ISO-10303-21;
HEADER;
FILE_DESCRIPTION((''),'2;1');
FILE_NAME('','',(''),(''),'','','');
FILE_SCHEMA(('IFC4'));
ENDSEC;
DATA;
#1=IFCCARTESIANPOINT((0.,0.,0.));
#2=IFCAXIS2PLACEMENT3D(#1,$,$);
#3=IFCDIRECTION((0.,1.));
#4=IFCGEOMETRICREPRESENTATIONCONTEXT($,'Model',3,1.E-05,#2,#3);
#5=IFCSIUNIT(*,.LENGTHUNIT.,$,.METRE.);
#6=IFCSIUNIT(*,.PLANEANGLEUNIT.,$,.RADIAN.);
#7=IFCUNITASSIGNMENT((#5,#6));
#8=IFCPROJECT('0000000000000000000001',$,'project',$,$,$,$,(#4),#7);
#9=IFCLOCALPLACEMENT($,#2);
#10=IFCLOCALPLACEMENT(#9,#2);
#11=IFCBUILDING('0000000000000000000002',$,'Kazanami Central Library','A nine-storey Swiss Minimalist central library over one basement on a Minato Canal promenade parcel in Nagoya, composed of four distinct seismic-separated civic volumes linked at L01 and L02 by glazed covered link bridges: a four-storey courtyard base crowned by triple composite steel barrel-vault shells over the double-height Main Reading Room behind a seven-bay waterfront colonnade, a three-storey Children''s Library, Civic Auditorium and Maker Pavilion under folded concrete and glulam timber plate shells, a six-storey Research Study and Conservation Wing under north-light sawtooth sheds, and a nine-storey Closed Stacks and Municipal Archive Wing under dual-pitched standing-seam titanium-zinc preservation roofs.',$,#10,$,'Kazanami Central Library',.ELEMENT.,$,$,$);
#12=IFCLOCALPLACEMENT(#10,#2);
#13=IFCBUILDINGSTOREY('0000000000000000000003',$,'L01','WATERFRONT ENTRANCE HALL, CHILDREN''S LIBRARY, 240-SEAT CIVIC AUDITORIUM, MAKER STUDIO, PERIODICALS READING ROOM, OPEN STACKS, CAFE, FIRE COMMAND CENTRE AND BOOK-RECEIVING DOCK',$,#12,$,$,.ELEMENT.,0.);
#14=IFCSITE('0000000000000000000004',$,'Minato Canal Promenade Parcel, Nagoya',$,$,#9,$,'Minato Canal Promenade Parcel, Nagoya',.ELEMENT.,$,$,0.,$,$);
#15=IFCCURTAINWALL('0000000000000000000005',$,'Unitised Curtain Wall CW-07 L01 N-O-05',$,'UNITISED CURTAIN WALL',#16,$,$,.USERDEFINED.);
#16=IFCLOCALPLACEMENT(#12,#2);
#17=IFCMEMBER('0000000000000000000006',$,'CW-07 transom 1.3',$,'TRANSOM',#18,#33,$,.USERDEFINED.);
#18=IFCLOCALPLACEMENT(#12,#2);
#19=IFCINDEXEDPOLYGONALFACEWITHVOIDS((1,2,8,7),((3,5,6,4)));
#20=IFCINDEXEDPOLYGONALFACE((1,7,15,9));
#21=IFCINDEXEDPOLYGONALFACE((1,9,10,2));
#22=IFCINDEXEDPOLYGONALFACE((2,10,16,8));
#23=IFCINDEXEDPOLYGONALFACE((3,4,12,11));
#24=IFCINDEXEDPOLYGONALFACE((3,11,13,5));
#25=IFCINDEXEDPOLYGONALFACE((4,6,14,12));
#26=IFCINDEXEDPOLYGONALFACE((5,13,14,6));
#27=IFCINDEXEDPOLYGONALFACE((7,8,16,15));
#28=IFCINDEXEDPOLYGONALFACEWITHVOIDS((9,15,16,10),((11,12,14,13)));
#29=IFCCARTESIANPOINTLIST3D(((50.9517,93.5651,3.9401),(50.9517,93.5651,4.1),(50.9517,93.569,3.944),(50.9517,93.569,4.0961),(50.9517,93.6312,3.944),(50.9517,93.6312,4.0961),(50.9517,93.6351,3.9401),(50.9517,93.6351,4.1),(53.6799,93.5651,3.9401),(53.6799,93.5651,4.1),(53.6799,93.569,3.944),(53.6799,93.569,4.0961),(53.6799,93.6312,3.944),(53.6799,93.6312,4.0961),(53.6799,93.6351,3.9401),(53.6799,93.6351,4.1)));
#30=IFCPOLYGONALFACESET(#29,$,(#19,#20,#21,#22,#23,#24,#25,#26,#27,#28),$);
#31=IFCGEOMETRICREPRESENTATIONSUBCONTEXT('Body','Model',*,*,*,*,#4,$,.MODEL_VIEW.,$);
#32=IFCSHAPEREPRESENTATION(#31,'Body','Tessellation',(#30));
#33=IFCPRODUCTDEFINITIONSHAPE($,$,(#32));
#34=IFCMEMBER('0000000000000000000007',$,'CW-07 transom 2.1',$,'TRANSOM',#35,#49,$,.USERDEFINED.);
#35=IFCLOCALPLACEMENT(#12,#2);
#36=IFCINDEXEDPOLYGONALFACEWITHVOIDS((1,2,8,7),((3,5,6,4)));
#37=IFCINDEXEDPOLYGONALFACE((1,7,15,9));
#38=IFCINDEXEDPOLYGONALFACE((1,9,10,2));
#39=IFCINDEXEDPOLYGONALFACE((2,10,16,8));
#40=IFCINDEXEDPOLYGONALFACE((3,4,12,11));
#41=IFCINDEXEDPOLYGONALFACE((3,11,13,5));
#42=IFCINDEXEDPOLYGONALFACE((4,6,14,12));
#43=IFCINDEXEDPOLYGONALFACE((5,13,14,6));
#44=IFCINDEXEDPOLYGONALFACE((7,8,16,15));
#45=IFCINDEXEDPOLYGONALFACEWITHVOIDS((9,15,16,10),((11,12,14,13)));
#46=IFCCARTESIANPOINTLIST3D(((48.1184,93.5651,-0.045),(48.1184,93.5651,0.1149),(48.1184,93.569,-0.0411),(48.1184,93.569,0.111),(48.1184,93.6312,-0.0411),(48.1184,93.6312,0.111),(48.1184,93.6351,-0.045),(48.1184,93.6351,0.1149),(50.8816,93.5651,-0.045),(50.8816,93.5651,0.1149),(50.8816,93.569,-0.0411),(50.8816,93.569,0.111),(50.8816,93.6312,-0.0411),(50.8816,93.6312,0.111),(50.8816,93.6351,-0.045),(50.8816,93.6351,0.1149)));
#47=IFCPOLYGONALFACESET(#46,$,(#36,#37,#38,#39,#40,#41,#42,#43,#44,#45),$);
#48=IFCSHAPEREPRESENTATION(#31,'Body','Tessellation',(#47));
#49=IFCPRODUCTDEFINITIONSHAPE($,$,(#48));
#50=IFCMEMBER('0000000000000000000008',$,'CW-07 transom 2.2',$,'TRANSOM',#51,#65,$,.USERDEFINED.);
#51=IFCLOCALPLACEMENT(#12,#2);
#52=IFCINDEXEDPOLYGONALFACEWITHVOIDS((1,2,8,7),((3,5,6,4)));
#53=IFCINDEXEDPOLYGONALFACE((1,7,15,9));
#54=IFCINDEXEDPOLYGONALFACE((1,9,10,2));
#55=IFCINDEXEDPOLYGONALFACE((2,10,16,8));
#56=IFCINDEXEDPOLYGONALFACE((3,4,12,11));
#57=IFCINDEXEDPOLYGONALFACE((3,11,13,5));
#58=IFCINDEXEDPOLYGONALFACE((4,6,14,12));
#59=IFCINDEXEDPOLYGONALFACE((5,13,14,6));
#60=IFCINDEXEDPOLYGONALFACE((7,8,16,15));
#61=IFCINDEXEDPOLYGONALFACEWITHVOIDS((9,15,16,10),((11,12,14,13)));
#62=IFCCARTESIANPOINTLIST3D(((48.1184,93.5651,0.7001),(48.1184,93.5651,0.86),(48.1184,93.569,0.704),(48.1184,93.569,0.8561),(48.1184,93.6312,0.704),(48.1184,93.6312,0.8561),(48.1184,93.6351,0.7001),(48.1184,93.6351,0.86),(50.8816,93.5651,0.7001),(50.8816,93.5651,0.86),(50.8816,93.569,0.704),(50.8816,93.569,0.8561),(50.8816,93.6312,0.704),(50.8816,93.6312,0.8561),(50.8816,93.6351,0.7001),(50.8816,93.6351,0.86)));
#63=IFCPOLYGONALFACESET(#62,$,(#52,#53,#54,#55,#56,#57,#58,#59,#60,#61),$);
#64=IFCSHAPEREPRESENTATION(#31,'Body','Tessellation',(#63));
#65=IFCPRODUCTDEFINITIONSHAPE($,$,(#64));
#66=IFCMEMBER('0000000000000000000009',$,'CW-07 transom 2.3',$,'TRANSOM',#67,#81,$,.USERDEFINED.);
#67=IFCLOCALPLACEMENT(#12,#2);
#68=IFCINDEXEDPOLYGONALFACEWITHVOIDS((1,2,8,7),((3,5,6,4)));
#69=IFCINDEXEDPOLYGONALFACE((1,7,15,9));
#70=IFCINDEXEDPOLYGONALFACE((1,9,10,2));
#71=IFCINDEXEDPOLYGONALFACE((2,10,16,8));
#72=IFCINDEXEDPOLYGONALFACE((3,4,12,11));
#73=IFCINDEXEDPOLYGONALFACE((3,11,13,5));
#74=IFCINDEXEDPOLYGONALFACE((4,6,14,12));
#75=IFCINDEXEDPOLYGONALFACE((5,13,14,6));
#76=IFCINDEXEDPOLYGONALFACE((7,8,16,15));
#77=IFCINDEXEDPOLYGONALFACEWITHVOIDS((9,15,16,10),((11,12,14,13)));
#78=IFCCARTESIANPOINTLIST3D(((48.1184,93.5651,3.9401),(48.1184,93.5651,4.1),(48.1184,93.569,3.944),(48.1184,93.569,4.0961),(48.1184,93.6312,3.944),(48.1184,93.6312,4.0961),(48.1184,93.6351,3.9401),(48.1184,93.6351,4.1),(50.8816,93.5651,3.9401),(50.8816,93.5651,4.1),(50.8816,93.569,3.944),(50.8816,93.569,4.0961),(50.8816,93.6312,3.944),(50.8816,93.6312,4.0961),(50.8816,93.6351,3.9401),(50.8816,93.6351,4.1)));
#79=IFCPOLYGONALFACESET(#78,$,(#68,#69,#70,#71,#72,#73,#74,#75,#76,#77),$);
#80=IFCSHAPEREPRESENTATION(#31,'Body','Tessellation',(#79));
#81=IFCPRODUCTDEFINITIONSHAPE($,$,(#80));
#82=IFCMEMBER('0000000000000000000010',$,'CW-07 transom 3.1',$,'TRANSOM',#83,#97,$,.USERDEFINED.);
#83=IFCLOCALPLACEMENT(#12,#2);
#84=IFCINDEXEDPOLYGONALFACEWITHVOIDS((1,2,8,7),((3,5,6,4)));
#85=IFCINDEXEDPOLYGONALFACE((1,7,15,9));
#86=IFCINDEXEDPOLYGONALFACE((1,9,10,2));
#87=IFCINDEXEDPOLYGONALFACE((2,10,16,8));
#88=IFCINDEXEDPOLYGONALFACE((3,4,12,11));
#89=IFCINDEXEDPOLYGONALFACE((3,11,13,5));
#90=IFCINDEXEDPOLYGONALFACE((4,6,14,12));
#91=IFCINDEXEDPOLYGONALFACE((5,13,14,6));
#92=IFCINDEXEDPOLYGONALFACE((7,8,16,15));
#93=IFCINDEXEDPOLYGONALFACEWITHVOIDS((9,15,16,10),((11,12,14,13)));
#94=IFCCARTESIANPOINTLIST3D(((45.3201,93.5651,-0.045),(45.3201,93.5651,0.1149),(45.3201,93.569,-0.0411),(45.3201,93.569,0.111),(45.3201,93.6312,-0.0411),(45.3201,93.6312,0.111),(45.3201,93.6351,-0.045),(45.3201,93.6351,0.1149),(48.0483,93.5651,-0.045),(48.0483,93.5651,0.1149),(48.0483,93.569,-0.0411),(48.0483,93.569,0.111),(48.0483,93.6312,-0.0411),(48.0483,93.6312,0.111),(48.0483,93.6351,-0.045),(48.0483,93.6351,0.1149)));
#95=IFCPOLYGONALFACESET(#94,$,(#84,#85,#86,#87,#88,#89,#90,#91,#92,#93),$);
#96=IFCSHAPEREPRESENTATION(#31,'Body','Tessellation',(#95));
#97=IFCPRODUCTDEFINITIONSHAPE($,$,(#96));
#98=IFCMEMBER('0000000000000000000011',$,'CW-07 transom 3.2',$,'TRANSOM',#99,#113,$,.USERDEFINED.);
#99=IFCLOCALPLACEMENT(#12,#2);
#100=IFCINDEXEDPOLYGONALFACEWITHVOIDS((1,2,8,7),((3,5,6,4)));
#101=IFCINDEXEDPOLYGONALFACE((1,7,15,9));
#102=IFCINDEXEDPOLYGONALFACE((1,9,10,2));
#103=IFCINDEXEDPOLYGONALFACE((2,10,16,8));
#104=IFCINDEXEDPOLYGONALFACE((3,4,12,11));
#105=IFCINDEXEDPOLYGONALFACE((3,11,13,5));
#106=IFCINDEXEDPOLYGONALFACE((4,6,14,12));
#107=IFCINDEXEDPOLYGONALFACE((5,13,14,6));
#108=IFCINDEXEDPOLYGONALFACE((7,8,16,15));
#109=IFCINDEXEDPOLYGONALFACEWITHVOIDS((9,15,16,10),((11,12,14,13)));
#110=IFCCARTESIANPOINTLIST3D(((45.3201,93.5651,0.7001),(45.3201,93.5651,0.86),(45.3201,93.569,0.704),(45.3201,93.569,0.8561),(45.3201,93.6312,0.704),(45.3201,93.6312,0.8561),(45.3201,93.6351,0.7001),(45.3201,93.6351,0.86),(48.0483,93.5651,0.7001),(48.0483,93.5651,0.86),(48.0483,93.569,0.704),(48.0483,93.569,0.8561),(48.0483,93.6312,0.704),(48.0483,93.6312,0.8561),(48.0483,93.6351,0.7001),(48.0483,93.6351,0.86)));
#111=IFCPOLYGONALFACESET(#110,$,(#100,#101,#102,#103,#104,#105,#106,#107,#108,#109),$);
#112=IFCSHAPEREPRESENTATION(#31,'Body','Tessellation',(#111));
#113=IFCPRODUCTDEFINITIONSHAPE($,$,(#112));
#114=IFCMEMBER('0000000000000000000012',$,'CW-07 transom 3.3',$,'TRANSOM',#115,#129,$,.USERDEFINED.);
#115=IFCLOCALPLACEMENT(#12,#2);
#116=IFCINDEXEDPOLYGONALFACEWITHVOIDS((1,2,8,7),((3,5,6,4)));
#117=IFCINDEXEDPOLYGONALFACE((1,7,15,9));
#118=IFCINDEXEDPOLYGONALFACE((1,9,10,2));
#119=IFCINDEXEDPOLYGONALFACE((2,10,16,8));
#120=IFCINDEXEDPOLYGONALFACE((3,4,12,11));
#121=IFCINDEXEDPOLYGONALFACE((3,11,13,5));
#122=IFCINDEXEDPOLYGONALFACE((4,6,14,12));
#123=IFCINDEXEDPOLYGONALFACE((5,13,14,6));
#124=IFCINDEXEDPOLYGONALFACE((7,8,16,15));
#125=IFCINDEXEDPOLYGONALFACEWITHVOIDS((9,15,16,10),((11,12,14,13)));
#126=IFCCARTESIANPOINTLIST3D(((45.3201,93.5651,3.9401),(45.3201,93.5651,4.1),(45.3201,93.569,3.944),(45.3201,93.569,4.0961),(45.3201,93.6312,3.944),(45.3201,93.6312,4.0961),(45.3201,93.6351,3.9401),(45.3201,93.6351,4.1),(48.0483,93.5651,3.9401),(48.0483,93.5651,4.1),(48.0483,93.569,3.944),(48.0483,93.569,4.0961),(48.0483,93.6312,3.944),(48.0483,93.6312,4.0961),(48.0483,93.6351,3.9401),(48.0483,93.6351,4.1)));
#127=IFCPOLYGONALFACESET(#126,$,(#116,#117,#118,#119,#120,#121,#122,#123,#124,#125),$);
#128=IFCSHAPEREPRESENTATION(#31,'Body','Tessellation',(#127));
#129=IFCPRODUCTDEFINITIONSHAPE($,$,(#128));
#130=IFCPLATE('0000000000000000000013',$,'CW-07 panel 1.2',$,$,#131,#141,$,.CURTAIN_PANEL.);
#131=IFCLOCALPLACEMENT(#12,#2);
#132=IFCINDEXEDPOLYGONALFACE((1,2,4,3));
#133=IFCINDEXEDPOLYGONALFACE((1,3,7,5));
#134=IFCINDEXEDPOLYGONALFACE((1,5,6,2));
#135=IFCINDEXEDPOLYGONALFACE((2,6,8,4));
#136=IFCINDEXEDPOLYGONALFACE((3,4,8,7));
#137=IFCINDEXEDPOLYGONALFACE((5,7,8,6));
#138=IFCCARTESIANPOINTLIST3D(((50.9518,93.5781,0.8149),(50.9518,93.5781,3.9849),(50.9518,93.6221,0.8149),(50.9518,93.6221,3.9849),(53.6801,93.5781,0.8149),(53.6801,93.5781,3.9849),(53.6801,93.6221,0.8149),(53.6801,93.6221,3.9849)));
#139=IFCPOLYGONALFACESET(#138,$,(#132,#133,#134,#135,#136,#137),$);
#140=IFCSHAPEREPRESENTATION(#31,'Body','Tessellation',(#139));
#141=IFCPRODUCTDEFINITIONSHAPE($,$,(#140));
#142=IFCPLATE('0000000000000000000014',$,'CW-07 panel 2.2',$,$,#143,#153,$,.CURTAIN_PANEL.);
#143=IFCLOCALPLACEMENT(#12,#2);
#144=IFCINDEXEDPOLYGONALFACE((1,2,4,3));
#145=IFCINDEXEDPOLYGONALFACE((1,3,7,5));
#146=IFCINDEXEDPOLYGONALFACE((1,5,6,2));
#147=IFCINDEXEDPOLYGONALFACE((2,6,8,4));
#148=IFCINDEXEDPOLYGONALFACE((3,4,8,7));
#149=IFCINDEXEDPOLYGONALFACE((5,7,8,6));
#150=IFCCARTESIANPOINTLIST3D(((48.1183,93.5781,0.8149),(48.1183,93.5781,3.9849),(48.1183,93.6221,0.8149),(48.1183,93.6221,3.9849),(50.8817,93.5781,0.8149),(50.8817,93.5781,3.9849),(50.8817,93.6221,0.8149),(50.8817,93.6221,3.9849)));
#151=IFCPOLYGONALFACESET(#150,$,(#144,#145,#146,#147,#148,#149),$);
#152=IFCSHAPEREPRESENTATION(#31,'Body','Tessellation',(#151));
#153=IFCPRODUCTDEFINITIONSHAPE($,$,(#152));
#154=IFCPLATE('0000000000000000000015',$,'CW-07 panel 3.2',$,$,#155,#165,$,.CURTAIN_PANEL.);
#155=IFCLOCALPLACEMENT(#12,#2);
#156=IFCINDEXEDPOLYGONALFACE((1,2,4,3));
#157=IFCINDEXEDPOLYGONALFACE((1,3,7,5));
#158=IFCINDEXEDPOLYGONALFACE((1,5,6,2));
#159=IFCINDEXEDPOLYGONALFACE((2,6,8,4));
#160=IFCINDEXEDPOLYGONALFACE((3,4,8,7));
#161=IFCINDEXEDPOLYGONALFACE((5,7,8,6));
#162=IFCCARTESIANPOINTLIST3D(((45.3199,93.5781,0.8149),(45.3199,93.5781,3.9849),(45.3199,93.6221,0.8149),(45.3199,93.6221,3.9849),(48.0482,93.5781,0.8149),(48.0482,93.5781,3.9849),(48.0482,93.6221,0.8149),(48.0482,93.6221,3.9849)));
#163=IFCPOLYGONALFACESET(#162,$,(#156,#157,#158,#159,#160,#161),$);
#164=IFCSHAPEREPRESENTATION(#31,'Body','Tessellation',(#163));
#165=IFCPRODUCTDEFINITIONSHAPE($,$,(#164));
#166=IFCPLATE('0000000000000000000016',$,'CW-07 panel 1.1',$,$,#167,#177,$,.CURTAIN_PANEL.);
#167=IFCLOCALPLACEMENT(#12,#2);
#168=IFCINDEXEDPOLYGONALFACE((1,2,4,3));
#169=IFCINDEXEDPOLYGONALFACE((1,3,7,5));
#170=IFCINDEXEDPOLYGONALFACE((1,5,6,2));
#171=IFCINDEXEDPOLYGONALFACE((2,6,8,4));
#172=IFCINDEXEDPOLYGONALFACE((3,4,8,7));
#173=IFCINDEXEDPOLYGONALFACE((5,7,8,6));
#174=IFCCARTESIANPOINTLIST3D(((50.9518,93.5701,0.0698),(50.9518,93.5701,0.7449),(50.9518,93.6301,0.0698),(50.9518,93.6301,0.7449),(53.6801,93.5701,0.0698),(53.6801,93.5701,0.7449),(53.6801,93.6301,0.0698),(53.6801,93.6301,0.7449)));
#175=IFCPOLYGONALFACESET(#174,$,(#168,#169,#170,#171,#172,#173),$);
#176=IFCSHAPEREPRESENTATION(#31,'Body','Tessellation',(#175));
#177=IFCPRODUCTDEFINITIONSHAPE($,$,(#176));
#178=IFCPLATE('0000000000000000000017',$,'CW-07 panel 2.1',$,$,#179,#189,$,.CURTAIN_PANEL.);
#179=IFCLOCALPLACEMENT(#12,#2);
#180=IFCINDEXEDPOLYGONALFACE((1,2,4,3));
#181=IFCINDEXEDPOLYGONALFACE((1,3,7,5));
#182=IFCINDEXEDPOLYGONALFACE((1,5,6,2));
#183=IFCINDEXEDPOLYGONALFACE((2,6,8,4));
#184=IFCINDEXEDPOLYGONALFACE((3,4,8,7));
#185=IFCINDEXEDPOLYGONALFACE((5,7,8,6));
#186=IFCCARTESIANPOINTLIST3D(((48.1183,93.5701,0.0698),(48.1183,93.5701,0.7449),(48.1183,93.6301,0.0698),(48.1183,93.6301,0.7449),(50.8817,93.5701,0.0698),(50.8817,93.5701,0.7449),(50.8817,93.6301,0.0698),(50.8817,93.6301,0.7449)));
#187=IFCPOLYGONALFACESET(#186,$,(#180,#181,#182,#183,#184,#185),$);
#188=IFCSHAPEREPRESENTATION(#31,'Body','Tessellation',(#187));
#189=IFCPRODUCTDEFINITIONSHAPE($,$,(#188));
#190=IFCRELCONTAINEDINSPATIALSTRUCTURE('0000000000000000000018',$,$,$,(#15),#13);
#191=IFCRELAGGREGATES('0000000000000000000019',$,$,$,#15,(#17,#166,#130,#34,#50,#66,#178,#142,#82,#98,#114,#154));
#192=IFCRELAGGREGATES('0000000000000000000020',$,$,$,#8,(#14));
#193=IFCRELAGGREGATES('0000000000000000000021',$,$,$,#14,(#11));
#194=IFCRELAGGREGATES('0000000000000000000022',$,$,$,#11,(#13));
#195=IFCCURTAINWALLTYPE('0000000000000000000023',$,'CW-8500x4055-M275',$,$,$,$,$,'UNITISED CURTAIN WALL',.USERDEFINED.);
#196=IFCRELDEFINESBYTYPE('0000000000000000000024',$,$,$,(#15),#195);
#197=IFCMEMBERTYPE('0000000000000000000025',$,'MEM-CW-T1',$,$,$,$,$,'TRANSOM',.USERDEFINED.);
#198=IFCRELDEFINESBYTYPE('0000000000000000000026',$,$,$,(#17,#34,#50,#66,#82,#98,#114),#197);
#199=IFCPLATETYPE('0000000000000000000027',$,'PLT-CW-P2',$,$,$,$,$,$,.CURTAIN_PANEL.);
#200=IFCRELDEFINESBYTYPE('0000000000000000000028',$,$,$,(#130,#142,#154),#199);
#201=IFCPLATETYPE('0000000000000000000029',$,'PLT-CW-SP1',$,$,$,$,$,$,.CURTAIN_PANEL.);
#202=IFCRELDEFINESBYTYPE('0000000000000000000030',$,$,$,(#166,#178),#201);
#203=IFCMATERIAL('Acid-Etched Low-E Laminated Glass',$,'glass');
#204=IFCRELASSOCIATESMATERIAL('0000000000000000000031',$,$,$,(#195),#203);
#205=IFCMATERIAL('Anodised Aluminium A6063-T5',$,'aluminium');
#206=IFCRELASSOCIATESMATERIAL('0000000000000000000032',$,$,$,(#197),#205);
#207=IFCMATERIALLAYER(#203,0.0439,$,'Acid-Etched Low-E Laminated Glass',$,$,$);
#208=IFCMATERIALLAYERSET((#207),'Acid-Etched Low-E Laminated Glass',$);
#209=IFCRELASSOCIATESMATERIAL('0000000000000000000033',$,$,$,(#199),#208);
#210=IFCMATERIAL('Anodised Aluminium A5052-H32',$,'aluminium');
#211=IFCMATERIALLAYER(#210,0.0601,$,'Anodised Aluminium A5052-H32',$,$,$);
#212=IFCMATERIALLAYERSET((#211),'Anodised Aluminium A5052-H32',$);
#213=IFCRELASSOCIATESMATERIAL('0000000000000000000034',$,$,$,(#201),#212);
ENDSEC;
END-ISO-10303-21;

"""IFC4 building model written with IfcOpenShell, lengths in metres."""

from ifc_helpers import new_model, si_unit, direction, frame, origin, origin_2d, place, context, subcontext, project, spatial, rectangle, hollow_rectangle, extrude, material, layer, layer_set, material_profile, profile_set, type_object, element, aggregate, save


model = new_model("IFC4")

# Units and contexts
model_context = context("Model", 3, precision=1e-05, world=origin(), true_north=direction((0.0, 1.0)))
body_context = subcontext(model_context, "Body", "Model", "MODEL_VIEW")
ifc_project = project(units=[si_unit("LENGTHUNIT", "METRE"), si_unit("PLANEANGLEUNIT", "RADIAN")], contexts=[model_context])

# Site, building, storey
site_placement = place(None, origin())
site = spatial("IfcSite", under=ifc_project, at=site_placement, Name="Minato Canal Promenade Parcel, Nagoya", LongName="Minato Canal Promenade Parcel, Nagoya", CompositionType="ELEMENT", RefElevation=0.0)
building_placement = place(site_placement, origin())
building = spatial("IfcBuilding", under=site, at=building_placement, Name="Kazanami Central Library", Description="A nine-storey Swiss Minimalist central library over one basement on a Minato Canal promenade parcel in Nagoya, composed of four distinct seismic-separated civic volumes linked at L01 and L02 by glazed covered link bridges: a four-storey courtyard base crowned by triple composite steel barrel-vault shells over the double-height Main Reading Room behind a seven-bay waterfront colonnade, a three-storey Children's Library, Civic Auditorium and Maker Pavilion under folded concrete and glulam timber plate shells, a six-storey Research Study and Conservation Wing under north-light sawtooth sheds, and a nine-storey Closed Stacks and Municipal Archive Wing under dual-pitched standing-seam titanium-zinc preservation roofs.", LongName="Kazanami Central Library", CompositionType="ELEMENT")
storey_placement = place(building_placement, origin())
storey = spatial("IfcBuildingStorey", under=building, at=storey_placement, Name="L01", Description="WATERFRONT ENTRANCE HALL, CHILDREN'S LIBRARY, 240-SEAT CIVIC AUDITORIUM, MAKER STUDIO, PERIODICALS READING ROOM, OPEN STACKS, CAFE, FIRE COMMAND CENTRE AND BOOK-RECEIVING DOCK", CompositionType="ELEMENT", Elevation=0.0)

# Curtain wall, members, plates
ifc_material_1 = material(Name="Acid-Etched Low-E Laminated Glass", Category="glass")
curtain_wall_type = type_object("IfcCurtainWallType", Name="CW-8500x4055-M275", ElementType="UNITISED CURTAIN WALL", PredefinedType="USERDEFINED", material=ifc_material_1)
curtain_wall_placement = place(storey_placement, origin())
curtain_wall = element("IfcCurtainWall", 1, at=curtain_wall_placement, inside=storey, type_object=curtain_wall_type, Name="Unitised Curtain Wall CW-07 L01 N-O-05", ObjectType="UNITISED CURTAIN WALL", PredefinedType="USERDEFINED")
ifc_material_2 = material(Name="Anodised Aluminium A6063-T5", Category="aluminium")
ifc_material_profile_1 = material_profile(ifc_material_2, hollow_rectangle(XDim=0.0701, YDim=0.1599, WallThickness=0.0039, at=origin_2d()), Name="ALU-TRAN-70x160x4")
ifc_profile_set_1 = profile_set([ifc_material_profile_1], Name="Anodised Aluminium A6063-T5")
member_type_1 = type_object("IfcMemberType", Name="MEM-CW-T1", ElementType="TRANSOM", PredefinedType="USERDEFINED", material=ifc_profile_set_1)
member_1_placement = place(storey_placement, frame((53.6799, 93.6001, 4.02), z_axis=(-1.0, 0.0, 0.0), x_axis=(0.0, -1.0, 0.0)))
member_1 = element("IfcMember", 2, at=member_1_placement, type_object=member_type_1, Name="CW-07 transom 1.3", ObjectType="TRANSOM", PredefinedType="USERDEFINED", context=body_context, shape_type="SweptSolid", body=[
    extrude(hollow_rectangle(XDim=0.0701, YDim=0.1599, WallThickness=0.0039, at=origin_2d()), origin(), (0.0, 0.0, 1.0), 2.7283),
])
member_2_placement = place(storey_placement, frame((50.8816, 93.6001, 0.0349), z_axis=(-1.0, 0.0, 0.0), x_axis=(0.0, -1.0, 0.0)))
member_2 = element("IfcMember", 3, at=member_2_placement, type_object=member_type_1, Name="CW-07 transom 2.1", ObjectType="TRANSOM", PredefinedType="USERDEFINED", context=body_context, shape_type="SweptSolid", body=[
    extrude(hollow_rectangle(XDim=0.0701, YDim=0.1599, WallThickness=0.0039, at=origin_2d()), origin(), (0.0, 0.0, 1.0), 2.7632),
])
member_3_placement = place(storey_placement, frame((50.8816, 93.6001, 0.78), z_axis=(-1.0, 0.0, 0.0), x_axis=(0.0, -1.0, 0.0)))
member_3 = element("IfcMember", 4, at=member_3_placement, type_object=member_type_1, Name="CW-07 transom 2.2", ObjectType="TRANSOM", PredefinedType="USERDEFINED", context=body_context, shape_type="SweptSolid", body=[
    extrude(hollow_rectangle(XDim=0.0701, YDim=0.1599, WallThickness=0.0039, at=origin_2d()), origin(), (0.0, 0.0, 1.0), 2.7632),
])
member_4_placement = place(storey_placement, frame((50.8816, 93.6001, 4.02), z_axis=(-1.0, 0.0, 0.0), x_axis=(0.0, -1.0, 0.0)))
member_4 = element("IfcMember", 5, at=member_4_placement, type_object=member_type_1, Name="CW-07 transom 2.3", ObjectType="TRANSOM", PredefinedType="USERDEFINED", context=body_context, shape_type="SweptSolid", body=[
    extrude(hollow_rectangle(XDim=0.0701, YDim=0.1599, WallThickness=0.0039, at=origin_2d()), origin(), (0.0, 0.0, 1.0), 2.7632),
])
member_5_placement = place(storey_placement, frame((48.0483, 93.6001, 0.0349), z_axis=(-1.0, 0.0, 0.0), x_axis=(0.0, -1.0, 0.0)))
member_5 = element("IfcMember", 6, at=member_5_placement, type_object=member_type_1, Name="CW-07 transom 3.1", ObjectType="TRANSOM", PredefinedType="USERDEFINED", context=body_context, shape_type="SweptSolid", body=[
    extrude(hollow_rectangle(XDim=0.0701, YDim=0.1599, WallThickness=0.0039, at=origin_2d()), origin(), (0.0, 0.0, 1.0), 2.7283),
])
member_6_placement = place(storey_placement, frame((48.0483, 93.6001, 0.78), z_axis=(-1.0, 0.0, 0.0), x_axis=(0.0, -1.0, 0.0)))
member_6 = element("IfcMember", 7, at=member_6_placement, type_object=member_type_1, Name="CW-07 transom 3.2", ObjectType="TRANSOM", PredefinedType="USERDEFINED", context=body_context, shape_type="SweptSolid", body=[
    extrude(hollow_rectangle(XDim=0.0701, YDim=0.1599, WallThickness=0.0039, at=origin_2d()), origin(), (0.0, 0.0, 1.0), 2.7283),
])
member_7_placement = place(storey_placement, frame((48.0483, 93.6001, 4.02), z_axis=(-1.0, 0.0, 0.0), x_axis=(0.0, -1.0, 0.0)))
member_7 = element("IfcMember", 8, at=member_7_placement, type_object=member_type_1, Name="CW-07 transom 3.3", ObjectType="TRANSOM", PredefinedType="USERDEFINED", context=body_context, shape_type="SweptSolid", body=[
    extrude(hollow_rectangle(XDim=0.0701, YDim=0.1599, WallThickness=0.0039, at=origin_2d()), origin(), (0.0, 0.0, 1.0), 2.7283),
])
ifc_layer_1 = layer(ifc_material_1, 0.0439, Name="Acid-Etched Low-E Laminated Glass")
ifc_layer_set_1 = layer_set([ifc_layer_1], Name="Acid-Etched Low-E Laminated Glass")
plate_type_1 = type_object("IfcPlateType", Name="PLT-CW-P2", PredefinedType="CURTAIN_PANEL", material=ifc_layer_set_1)
plate_1_placement = place(storey_placement, frame((52.3159, 93.6001, 0.8149), z_axis=(0.0, 0.0, 1.0), x_axis=(-1.0, 0.0, 0.0)))
plate_1 = element("IfcPlate", 9, at=plate_1_placement, type_object=plate_type_1, Name="CW-07 panel 1.2", PredefinedType="CURTAIN_PANEL", context=body_context, shape_type="SweptSolid", body=[
    extrude(rectangle(XDim=2.7283, YDim=0.0439, at=origin_2d()), origin(), (0.0, 0.0, 1.0), 3.1699),
])
plate_2_placement = place(storey_placement, frame((49.5, 93.6001, 0.8149), z_axis=(0.0, 0.0, 1.0), x_axis=(-1.0, 0.0, 0.0)))
plate_2 = element("IfcPlate", 10, at=plate_2_placement, type_object=plate_type_1, Name="CW-07 panel 2.2", PredefinedType="CURTAIN_PANEL", context=body_context, shape_type="SweptSolid", body=[
    extrude(rectangle(XDim=2.7634, YDim=0.0439, at=origin_2d()), origin(), (0.0, 0.0, 1.0), 3.1699),
])
plate_3_placement = place(storey_placement, frame((46.6841, 93.6001, 0.8149), z_axis=(0.0, 0.0, 1.0), x_axis=(-1.0, 0.0, 0.0)))
plate_3 = element("IfcPlate", 11, at=plate_3_placement, type_object=plate_type_1, Name="CW-07 panel 3.2", PredefinedType="CURTAIN_PANEL", context=body_context, shape_type="SweptSolid", body=[
    extrude(rectangle(XDim=2.7283, YDim=0.0439, at=origin_2d()), origin(), (0.0, 0.0, 1.0), 3.1699),
])
ifc_material_3 = material(Name="Anodised Aluminium A5052-H32", Category="aluminium")
ifc_layer_2 = layer(ifc_material_3, 0.0601, Name="Anodised Aluminium A5052-H32")
ifc_layer_set_2 = layer_set([ifc_layer_2], Name="Anodised Aluminium A5052-H32")
plate_type_2 = type_object("IfcPlateType", Name="PLT-CW-SP1", PredefinedType="CURTAIN_PANEL", material=ifc_layer_set_2)
plate_4_placement = place(storey_placement, frame((52.3159, 93.6001, 0.0698), z_axis=(0.0, 0.0, 1.0), x_axis=(-1.0, 0.0, 0.0)))
plate_4 = element("IfcPlate", 12, at=plate_4_placement, type_object=plate_type_2, Name="CW-07 panel 1.1", PredefinedType="CURTAIN_PANEL", context=body_context, shape_type="SweptSolid", body=[
    extrude(rectangle(XDim=2.7283, YDim=0.0601, at=origin_2d()), origin(), (0.0, 0.0, 1.0), 0.675),
])
plate_5_placement = place(storey_placement, frame((49.5, 93.6001, 0.0698), z_axis=(0.0, 0.0, 1.0), x_axis=(-1.0, 0.0, 0.0)))
plate_5 = element("IfcPlate", 13, at=plate_5_placement, type_object=plate_type_2, Name="CW-07 panel 2.1", PredefinedType="CURTAIN_PANEL", context=body_context, shape_type="SweptSolid", body=[
    extrude(rectangle(XDim=2.7634, YDim=0.0601, at=origin_2d()), origin(), (0.0, 0.0, 1.0), 0.675),
])
aggregate(curtain_wall, [member_1, plate_4, plate_1, member_2, member_3, member_4, plate_5, plate_2, member_5, member_6, member_7, plate_3])

save(model, "model.ifc")
